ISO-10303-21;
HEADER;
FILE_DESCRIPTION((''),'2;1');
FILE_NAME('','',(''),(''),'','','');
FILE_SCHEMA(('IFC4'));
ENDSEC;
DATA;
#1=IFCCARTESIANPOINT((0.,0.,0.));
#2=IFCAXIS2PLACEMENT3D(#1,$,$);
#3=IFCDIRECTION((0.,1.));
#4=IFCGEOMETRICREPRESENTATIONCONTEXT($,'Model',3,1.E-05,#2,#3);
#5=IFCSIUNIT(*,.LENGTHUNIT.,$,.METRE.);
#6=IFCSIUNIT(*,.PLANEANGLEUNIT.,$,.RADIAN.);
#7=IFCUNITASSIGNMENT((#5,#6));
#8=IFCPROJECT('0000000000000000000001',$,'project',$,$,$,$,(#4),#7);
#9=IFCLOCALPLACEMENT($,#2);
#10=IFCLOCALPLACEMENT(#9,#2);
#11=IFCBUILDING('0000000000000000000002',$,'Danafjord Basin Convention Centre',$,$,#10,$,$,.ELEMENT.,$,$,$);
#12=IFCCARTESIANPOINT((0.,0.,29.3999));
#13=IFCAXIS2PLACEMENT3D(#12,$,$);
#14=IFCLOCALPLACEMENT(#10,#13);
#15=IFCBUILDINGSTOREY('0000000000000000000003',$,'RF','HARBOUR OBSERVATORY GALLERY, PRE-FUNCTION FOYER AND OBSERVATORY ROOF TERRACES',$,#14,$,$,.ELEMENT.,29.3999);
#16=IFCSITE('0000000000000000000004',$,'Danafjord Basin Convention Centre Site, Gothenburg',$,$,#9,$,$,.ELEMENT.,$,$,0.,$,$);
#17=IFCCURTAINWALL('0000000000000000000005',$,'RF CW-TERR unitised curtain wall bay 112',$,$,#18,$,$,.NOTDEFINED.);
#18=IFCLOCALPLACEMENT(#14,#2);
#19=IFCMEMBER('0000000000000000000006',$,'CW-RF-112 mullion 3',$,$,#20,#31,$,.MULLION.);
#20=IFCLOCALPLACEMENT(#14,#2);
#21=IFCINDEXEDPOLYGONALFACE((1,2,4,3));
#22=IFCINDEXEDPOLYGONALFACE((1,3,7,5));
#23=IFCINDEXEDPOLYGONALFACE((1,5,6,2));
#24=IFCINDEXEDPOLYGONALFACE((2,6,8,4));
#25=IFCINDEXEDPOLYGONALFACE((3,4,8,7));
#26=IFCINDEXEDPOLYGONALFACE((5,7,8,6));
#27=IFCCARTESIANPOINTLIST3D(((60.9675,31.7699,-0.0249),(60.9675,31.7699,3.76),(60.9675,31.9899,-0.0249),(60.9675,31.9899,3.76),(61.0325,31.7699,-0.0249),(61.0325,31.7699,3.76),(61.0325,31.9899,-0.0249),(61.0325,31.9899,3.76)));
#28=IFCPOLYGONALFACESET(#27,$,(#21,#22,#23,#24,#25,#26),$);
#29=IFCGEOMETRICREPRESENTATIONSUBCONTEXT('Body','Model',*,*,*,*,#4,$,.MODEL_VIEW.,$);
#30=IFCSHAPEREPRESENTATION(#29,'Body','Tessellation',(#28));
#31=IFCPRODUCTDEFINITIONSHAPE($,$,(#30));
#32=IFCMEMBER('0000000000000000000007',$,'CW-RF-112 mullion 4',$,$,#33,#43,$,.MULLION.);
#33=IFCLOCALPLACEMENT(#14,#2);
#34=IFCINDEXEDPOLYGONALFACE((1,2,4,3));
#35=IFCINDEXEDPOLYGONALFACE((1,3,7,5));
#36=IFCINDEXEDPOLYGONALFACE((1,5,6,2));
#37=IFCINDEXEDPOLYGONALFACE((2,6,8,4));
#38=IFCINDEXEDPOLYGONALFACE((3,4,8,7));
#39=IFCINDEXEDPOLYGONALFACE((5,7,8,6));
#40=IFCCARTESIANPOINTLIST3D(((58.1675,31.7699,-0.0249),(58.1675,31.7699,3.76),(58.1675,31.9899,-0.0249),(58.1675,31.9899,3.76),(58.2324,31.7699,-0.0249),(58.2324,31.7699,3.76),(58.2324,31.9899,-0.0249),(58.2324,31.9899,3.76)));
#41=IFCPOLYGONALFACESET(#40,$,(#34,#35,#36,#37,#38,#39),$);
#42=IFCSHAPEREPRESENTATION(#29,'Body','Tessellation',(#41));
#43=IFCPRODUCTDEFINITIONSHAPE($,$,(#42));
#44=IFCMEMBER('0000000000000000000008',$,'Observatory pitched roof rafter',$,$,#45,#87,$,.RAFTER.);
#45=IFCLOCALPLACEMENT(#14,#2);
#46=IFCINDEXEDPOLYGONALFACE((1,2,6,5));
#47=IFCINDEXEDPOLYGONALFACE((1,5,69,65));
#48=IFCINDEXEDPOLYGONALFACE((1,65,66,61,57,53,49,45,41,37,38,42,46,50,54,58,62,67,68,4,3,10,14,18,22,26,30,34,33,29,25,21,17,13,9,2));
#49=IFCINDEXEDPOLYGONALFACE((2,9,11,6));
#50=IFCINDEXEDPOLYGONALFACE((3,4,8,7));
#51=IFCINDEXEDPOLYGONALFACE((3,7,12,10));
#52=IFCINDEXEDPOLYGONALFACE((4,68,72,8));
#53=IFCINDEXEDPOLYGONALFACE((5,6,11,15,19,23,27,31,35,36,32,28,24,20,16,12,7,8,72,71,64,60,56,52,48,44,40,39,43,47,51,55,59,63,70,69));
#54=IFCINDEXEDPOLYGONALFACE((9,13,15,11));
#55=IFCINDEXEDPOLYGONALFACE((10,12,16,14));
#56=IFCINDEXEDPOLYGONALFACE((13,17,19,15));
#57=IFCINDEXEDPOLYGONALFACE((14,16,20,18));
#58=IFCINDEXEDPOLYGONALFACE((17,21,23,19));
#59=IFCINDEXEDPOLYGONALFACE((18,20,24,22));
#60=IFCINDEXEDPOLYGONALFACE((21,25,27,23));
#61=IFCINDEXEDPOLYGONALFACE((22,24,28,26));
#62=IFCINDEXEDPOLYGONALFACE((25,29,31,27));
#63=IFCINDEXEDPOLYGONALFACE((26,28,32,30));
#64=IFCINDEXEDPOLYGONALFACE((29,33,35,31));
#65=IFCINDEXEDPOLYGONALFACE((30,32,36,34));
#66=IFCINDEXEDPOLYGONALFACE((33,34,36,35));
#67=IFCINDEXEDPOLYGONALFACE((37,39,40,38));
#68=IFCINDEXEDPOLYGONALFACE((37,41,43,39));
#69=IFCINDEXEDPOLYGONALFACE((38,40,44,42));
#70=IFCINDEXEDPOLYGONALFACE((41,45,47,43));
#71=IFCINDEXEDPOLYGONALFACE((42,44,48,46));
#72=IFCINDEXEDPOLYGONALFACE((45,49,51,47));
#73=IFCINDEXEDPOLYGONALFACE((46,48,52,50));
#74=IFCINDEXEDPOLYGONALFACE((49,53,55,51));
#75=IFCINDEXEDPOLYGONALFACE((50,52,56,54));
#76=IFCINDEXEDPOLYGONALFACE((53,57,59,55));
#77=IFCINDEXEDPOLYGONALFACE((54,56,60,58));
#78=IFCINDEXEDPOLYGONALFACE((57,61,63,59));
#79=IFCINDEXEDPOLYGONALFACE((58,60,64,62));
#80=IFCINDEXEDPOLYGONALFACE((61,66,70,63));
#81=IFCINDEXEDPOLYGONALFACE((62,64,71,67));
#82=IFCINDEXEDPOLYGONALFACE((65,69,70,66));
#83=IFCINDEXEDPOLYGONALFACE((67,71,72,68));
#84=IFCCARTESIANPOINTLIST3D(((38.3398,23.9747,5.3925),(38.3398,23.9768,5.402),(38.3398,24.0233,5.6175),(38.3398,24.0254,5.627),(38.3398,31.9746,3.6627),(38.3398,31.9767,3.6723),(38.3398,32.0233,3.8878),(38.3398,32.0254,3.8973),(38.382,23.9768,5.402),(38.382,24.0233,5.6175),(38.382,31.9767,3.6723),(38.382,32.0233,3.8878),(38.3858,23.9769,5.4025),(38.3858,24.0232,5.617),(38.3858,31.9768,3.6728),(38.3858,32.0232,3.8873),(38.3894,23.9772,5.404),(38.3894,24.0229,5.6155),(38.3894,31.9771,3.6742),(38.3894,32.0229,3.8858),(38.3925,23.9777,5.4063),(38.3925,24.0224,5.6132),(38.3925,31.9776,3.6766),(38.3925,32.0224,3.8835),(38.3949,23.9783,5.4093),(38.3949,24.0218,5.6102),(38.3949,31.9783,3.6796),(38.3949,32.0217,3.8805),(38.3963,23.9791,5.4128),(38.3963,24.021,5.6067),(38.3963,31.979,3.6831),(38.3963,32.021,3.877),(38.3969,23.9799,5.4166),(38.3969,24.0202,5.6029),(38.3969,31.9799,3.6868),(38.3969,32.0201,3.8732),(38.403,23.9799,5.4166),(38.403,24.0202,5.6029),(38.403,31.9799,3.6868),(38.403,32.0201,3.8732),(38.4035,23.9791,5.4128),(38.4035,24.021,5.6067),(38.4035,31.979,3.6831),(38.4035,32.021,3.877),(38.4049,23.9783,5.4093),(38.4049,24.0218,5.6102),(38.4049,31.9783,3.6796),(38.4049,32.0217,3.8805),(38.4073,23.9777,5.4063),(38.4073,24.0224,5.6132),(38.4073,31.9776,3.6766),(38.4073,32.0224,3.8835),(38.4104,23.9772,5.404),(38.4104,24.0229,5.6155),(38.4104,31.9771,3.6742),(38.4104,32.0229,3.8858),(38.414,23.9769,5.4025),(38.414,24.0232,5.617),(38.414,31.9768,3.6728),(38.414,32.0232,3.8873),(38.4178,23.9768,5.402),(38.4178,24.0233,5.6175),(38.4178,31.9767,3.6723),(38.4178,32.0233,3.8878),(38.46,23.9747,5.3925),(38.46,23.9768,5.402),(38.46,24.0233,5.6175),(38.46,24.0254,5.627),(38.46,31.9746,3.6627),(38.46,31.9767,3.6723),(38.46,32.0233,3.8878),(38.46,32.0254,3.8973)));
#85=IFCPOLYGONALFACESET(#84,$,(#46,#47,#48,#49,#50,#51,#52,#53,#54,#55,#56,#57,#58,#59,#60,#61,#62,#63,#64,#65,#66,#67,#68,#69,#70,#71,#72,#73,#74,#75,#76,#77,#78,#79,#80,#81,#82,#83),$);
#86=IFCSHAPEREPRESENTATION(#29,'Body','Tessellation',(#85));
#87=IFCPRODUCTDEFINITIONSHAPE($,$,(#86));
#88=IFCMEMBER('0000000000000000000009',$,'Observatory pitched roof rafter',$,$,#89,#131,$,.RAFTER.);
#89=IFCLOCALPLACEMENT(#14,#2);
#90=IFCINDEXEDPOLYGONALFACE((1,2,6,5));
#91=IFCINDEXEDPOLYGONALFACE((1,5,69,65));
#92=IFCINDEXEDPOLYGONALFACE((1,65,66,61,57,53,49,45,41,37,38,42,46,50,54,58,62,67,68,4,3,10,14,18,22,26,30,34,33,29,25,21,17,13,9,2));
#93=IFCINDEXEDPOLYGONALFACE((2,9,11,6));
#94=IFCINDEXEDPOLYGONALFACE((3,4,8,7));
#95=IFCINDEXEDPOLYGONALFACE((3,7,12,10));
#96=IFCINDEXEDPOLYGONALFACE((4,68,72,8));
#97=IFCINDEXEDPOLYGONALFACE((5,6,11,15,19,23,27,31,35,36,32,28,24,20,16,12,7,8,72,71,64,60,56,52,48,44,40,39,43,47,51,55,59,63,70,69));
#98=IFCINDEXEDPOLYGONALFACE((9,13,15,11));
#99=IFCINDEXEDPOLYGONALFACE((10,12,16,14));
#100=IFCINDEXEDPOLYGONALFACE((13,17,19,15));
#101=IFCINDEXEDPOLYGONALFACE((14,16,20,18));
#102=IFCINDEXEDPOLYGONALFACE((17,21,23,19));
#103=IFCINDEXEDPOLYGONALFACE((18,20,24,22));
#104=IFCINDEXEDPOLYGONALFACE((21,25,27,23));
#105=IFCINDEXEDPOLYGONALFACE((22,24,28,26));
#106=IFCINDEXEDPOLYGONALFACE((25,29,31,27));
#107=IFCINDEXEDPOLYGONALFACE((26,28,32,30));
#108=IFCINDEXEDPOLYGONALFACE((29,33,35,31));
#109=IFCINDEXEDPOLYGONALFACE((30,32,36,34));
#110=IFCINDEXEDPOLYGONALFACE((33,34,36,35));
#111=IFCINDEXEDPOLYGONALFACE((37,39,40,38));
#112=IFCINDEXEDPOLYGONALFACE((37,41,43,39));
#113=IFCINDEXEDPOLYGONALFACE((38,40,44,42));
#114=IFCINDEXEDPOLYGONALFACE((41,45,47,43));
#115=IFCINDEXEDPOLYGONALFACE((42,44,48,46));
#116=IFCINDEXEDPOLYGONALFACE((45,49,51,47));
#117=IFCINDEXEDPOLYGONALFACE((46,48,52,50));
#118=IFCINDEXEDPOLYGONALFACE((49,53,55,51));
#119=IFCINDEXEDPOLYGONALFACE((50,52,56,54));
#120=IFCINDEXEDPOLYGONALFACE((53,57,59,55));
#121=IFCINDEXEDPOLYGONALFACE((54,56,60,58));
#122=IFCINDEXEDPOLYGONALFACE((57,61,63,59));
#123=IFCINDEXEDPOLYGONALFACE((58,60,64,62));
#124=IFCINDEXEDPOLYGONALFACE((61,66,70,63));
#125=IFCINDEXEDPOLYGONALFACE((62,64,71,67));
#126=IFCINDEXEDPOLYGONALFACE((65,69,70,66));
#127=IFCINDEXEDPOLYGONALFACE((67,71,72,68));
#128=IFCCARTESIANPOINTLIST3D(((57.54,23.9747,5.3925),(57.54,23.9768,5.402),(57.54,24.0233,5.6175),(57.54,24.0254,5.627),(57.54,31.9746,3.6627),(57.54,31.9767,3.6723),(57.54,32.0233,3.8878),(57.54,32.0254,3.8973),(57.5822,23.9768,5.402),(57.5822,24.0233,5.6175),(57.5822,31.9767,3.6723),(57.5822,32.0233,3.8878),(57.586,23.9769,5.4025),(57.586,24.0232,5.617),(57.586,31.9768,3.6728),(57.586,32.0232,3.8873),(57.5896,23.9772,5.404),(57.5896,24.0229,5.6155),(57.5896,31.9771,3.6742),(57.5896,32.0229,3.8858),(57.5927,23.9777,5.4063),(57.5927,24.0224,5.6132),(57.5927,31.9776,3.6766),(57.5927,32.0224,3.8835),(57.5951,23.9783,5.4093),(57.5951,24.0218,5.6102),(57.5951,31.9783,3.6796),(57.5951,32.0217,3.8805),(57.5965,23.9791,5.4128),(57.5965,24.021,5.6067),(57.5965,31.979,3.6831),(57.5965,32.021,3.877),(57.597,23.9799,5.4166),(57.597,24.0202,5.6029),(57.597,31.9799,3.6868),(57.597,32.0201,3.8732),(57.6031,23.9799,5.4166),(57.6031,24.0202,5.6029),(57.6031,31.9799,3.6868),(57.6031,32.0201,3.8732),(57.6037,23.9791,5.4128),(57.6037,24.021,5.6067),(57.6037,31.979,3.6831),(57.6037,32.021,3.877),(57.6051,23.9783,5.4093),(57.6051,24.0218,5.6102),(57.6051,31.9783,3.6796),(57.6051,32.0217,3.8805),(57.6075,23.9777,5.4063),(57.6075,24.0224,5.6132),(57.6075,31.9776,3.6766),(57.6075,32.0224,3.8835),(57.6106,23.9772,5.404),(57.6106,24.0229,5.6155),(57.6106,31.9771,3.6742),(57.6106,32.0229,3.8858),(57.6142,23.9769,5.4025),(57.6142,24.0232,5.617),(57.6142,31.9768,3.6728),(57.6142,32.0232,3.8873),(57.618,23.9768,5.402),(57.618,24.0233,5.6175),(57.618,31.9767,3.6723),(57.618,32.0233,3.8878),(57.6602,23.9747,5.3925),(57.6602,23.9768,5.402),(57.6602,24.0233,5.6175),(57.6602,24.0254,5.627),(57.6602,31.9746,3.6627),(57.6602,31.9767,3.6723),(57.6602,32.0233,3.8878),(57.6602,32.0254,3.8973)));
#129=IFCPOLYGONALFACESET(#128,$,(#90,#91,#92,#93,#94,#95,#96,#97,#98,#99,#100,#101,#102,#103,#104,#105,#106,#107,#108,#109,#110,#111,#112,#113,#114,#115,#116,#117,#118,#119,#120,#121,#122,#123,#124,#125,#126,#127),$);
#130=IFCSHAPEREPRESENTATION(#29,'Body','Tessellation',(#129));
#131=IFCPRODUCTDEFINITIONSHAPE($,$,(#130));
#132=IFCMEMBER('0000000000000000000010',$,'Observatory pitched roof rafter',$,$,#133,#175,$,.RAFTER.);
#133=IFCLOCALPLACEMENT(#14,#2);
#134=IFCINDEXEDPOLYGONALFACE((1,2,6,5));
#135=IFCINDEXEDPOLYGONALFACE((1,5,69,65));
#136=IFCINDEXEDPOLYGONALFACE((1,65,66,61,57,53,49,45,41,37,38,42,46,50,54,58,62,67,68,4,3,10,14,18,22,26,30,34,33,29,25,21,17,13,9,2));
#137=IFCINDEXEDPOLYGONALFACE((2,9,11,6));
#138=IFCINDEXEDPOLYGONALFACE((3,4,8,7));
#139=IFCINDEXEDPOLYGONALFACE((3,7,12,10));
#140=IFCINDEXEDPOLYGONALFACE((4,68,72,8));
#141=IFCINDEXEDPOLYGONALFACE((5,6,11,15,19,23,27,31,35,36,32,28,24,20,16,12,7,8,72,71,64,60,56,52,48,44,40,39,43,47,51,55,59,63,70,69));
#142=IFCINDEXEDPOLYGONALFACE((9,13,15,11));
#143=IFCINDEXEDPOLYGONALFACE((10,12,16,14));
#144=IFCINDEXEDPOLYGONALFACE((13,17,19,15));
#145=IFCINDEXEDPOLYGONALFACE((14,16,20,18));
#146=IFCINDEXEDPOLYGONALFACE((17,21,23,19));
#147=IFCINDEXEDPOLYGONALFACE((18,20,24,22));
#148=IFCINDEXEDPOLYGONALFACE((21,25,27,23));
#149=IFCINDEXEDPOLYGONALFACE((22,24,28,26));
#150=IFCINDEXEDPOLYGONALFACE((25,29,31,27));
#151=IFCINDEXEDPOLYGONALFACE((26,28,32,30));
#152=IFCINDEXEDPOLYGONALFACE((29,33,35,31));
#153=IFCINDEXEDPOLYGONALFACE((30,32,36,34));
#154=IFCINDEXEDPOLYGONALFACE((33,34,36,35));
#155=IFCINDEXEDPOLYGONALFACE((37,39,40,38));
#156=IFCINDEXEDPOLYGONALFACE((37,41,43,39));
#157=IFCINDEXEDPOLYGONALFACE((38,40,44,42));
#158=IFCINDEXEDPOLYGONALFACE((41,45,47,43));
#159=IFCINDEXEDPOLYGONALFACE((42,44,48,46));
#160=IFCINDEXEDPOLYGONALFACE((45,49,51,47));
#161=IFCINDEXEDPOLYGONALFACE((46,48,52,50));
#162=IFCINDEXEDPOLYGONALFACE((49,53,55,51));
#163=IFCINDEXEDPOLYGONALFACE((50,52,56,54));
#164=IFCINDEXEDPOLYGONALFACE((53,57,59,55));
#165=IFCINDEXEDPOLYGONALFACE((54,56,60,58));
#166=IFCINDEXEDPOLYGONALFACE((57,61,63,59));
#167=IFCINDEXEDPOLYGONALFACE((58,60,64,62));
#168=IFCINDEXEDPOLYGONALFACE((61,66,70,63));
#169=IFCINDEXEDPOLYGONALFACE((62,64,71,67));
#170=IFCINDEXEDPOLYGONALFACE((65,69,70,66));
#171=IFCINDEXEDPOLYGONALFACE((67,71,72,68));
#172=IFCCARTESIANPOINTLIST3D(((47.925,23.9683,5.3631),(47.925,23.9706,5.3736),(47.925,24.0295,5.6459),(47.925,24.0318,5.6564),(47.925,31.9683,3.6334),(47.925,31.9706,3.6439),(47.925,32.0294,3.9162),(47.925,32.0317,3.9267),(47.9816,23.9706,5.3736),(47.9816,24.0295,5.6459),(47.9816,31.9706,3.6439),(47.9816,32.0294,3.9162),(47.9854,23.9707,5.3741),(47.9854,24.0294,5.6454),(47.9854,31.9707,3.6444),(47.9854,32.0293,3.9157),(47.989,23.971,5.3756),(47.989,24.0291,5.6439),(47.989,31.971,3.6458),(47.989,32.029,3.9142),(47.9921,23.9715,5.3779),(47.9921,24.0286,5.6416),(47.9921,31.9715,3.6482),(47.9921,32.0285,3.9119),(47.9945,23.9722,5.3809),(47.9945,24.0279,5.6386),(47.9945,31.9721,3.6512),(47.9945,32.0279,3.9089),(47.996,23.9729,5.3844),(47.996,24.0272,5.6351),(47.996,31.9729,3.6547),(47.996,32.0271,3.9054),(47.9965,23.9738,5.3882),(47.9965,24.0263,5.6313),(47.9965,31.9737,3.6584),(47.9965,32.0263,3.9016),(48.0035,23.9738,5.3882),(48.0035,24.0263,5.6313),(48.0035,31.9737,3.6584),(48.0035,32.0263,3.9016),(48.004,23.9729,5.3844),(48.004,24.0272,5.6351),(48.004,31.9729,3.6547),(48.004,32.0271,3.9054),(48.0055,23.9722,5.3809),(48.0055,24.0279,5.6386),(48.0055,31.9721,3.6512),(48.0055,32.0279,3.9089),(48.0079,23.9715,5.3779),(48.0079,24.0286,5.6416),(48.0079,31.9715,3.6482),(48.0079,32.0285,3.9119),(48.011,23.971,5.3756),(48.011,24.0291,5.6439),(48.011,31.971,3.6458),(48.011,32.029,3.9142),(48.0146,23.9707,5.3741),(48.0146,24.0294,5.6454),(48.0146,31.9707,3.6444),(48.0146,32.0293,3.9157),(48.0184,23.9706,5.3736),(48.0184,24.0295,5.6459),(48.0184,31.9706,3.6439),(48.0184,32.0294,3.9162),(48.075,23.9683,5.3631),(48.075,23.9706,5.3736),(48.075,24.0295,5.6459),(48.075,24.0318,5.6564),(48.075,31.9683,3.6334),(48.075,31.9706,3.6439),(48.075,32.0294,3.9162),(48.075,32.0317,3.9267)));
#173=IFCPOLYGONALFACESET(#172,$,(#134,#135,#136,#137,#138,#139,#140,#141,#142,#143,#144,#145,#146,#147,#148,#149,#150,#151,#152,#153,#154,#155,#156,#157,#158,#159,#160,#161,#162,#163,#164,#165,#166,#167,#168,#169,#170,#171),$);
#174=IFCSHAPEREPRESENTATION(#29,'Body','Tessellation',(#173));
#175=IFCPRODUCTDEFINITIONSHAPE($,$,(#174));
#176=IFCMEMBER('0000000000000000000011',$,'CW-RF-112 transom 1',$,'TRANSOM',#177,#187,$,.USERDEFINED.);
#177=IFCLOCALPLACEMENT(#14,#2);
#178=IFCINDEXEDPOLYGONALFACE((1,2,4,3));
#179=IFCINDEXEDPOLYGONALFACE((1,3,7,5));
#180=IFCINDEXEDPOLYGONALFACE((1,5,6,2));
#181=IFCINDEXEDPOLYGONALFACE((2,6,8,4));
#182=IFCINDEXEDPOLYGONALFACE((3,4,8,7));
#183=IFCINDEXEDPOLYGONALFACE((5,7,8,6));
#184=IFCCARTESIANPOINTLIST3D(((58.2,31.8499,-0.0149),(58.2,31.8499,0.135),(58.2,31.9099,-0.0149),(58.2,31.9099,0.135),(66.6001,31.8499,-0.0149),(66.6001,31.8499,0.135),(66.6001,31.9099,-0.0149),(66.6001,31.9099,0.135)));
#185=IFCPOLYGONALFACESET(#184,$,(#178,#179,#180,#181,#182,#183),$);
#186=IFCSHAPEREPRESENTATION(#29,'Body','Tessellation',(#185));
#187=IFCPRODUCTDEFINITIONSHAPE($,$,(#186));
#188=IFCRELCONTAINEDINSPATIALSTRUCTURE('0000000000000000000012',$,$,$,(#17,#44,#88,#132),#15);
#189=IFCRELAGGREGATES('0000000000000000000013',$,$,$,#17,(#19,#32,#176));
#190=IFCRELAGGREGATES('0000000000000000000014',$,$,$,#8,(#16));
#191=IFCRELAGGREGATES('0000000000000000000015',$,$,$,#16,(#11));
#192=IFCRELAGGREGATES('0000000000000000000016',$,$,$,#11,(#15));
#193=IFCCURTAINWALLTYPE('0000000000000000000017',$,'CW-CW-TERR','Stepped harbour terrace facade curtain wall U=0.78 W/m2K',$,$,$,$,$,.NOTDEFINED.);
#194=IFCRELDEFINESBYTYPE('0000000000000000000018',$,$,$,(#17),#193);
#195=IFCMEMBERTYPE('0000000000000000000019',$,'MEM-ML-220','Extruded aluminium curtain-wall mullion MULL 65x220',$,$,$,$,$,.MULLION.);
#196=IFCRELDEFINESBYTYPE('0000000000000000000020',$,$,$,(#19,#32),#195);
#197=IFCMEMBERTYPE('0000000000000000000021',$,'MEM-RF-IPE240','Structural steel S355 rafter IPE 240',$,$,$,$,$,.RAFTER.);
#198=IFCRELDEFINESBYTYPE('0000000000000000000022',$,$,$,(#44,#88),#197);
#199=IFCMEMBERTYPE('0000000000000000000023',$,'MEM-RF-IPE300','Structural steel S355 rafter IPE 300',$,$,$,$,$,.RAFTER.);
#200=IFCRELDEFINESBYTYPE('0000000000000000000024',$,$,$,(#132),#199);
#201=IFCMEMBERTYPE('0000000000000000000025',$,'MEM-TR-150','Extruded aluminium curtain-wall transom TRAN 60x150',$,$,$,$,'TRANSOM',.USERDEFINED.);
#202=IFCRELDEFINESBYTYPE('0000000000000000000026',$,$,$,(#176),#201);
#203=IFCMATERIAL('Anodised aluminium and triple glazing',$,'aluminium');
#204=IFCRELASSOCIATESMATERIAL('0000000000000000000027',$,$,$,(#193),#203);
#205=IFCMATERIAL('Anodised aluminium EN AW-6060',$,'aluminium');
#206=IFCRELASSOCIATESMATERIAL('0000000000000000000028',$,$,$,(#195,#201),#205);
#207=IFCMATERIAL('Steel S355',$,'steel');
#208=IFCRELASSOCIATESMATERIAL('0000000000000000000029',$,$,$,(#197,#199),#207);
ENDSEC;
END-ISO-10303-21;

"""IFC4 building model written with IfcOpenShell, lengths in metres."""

from ifc_helpers import new_model, si_unit, direction, frame, origin, origin_2d, place, context, subcontext, project, spatial, rectangle, i_section, extrude, material, material_profile, profile_set, type_object, element, aggregate, save


model = new_model("IFC4")

# Units and contexts
model_context = context("Model", 3, precision=1e-05, world=origin(), true_north=direction((0.0, 1.0)))
body_context = subcontext(model_context, "Body", "Model", "MODEL_VIEW")
ifc_project = project(units=[si_unit("LENGTHUNIT", "METRE"), si_unit("PLANEANGLEUNIT", "RADIAN")], contexts=[model_context])

# Site, building, storey
site_placement = place(None, origin())
site = spatial("IfcSite", under=ifc_project, at=site_placement, Name="Danafjord Basin Convention Centre Site, Gothenburg", CompositionType="ELEMENT", RefElevation=0.0)
building_placement = place(site_placement, origin())
building = spatial("IfcBuilding", under=site, at=building_placement, Name="Danafjord Basin Convention Centre", CompositionType="ELEMENT")
storey_placement = place(building_placement, frame((0.0, 0.0, 29.3999)))
storey = spatial("IfcBuildingStorey", under=building, at=storey_placement, Name="RF", Description="HARBOUR OBSERVATORY GALLERY, PRE-FUNCTION FOYER AND OBSERVATORY ROOF TERRACES", CompositionType="ELEMENT", Elevation=29.3999)

# Shared definitions
ifc_material_1 = material(Name="Steel S355", Category="steel")

# Curtain wall, members
ifc_material_2 = material(Name="Anodised aluminium and triple glazing", Category="aluminium")
curtain_wall_type = type_object("IfcCurtainWallType", Name="CW-CW-TERR", Description="Stepped harbour terrace facade curtain wall U=0.78 W/m2K", PredefinedType="NOTDEFINED", material=ifc_material_2)
curtain_wall_placement = place(storey_placement, origin())
curtain_wall = element("IfcCurtainWall", 1, at=curtain_wall_placement, inside=storey, type_object=curtain_wall_type, Name="RF CW-TERR unitised curtain wall bay 112", PredefinedType="NOTDEFINED")
ifc_material_3 = material(Name="Anodised aluminium EN AW-6060", Category="aluminium")
ifc_material_profile_1 = material_profile(ifc_material_3, rectangle(XDim=0.0649, YDim=0.22, at=origin_2d()), Name="MULL 65x220")
ifc_profile_set_1 = profile_set([ifc_material_profile_1], Name="Anodised aluminium EN AW-6060")
member_type_1 = type_object("IfcMemberType", Name="MEM-ML-220", Description="Extruded aluminium curtain-wall mullion MULL 65x220", PredefinedType="MULLION", material=ifc_profile_set_1)
member_1_placement = place(storey_placement, frame((61.0, 31.8799, -0.0249), z_axis=(0.0, 0.0, 1.0), x_axis=(-1.0, 0.0, 0.0)))
member_1 = element("IfcMember", 2, at=member_1_placement, type_object=member_type_1, Name="CW-RF-112 mullion 3", PredefinedType="MULLION", context=body_context, shape_type="SweptSolid", body=[
    extrude(rectangle(XDim=0.0649, YDim=0.22, at=origin_2d()), origin(), (0.0, 0.0, 1.0), 3.7849),
])
member_2_placement = place(storey_placement, frame((58.2, 31.8799, -0.0249), z_axis=(0.0, 0.0, 1.0), x_axis=(-1.0, 0.0, 0.0)))
member_2 = element("IfcMember", 3, at=member_2_placement, type_object=member_type_1, Name="CW-RF-112 mullion 4", PredefinedType="MULLION", context=body_context, shape_type="SweptSolid", body=[
    extrude(rectangle(XDim=0.0649, YDim=0.22, at=origin_2d()), origin(), (0.0, 0.0, 1.0), 3.7849),
])

# Members
ifc_material_profile_2 = material_profile(ifc_material_1, i_section(OverallWidth=0.1201, OverallDepth=0.24, WebThickness=0.0061, FlangeThickness=0.0098, FilletRadius=0.0149, at=origin_2d()), Name="IPE 240")
ifc_profile_set_2 = profile_set([ifc_material_profile_2], Name="Steel S355")
member_type_2 = type_object("IfcMemberType", Name="MEM-RF-IPE240", Description="Structural steel S355 rafter IPE 240", PredefinedType="RAFTER", material=ifc_profile_set_2)
for number, where, z_axis, x_axis, name in (
    (4, (38.3999, 32.0, 3.78), (0.0, -0.977414, 0.211334), (1.0, 0.0, 0.0), "Observatory pitched roof rafter"),
    (5, (57.6001, 32.0, 3.78), (0.0, -0.977414, 0.211334), (1.0, 0.0, 0.0), "Observatory pitched roof rafter"),
):
    element("IfcMember", number, at=place(storey_placement, frame(where, z_axis=z_axis, x_axis=x_axis)), inside=storey, type_object=member_type_2, Name=name, PredefinedType="RAFTER", context=body_context, shape_type="SweptSolid", body=[
        extrude(i_section(OverallWidth=0.1201, OverallDepth=0.24, WebThickness=0.0061, FlangeThickness=0.0098, FilletRadius=0.0149, at=origin_2d()), origin(), (0.0, 0.0, 1.0), 8.1848),
    ])
ifc_material_profile_3 = material_profile(ifc_material_1, i_section(OverallWidth=0.1499, OverallDepth=0.3, WebThickness=0.0071, FlangeThickness=0.0107, FilletRadius=0.0149, at=origin_2d()), Name="IPE 300")
ifc_profile_set_3 = profile_set([ifc_material_profile_3], Name="Steel S355")
member_type_3 = type_object("IfcMemberType", Name="MEM-RF-IPE300", Description="Structural steel S355 rafter IPE 300", PredefinedType="RAFTER", material=ifc_profile_set_3)
member_3_placement = place(storey_placement, frame((48.0, 32.0, 3.78), z_axis=(0.0, -0.977414, 0.211334), x_axis=(1.0, 0.0, 0.0)))
element("IfcMember", 6, at=member_3_placement, inside=storey, type_object=member_type_3, Name="Observatory pitched roof rafter", PredefinedType="RAFTER", context=body_context, shape_type="SweptSolid", body=[
    extrude(i_section(OverallWidth=0.1499, OverallDepth=0.3, WebThickness=0.0071, FlangeThickness=0.0107, FilletRadius=0.0149, at=origin_2d()), origin(), (0.0, 0.0, 1.0), 8.1848),
])

# Member
ifc_material_profile_4 = material_profile(ifc_material_3, rectangle(XDim=0.0601, YDim=0.1499, at=origin_2d()), Name="TRAN 60x150")
ifc_profile_set_4 = profile_set([ifc_material_profile_4], Name="Anodised aluminium EN AW-6060")
member_type_4 = type_object("IfcMemberType", Name="MEM-TR-150", Description="Extruded aluminium curtain-wall transom TRAN 60x150", ElementType="TRANSOM", PredefinedType="USERDEFINED", material=ifc_profile_set_4)
member_4_placement = place(storey_placement, frame((66.6001, 31.8799, 0.0601), z_axis=(-1.0, 0.0, 0.0), x_axis=(0.0, -1.0, 0.0)))
member_4 = element("IfcMember", 7, at=member_4_placement, type_object=member_type_4, Name="CW-RF-112 transom 1", ObjectType="TRANSOM", PredefinedType="USERDEFINED", context=body_context, shape_type="SweptSolid", body=[
    extrude(rectangle(XDim=0.0601, YDim=0.1499, at=origin_2d()), origin(), (0.0, 0.0, 1.0), 8.4001),
])

aggregate(curtain_wall, [member_1, member_2, member_4])

save(model, "model.ifc")
